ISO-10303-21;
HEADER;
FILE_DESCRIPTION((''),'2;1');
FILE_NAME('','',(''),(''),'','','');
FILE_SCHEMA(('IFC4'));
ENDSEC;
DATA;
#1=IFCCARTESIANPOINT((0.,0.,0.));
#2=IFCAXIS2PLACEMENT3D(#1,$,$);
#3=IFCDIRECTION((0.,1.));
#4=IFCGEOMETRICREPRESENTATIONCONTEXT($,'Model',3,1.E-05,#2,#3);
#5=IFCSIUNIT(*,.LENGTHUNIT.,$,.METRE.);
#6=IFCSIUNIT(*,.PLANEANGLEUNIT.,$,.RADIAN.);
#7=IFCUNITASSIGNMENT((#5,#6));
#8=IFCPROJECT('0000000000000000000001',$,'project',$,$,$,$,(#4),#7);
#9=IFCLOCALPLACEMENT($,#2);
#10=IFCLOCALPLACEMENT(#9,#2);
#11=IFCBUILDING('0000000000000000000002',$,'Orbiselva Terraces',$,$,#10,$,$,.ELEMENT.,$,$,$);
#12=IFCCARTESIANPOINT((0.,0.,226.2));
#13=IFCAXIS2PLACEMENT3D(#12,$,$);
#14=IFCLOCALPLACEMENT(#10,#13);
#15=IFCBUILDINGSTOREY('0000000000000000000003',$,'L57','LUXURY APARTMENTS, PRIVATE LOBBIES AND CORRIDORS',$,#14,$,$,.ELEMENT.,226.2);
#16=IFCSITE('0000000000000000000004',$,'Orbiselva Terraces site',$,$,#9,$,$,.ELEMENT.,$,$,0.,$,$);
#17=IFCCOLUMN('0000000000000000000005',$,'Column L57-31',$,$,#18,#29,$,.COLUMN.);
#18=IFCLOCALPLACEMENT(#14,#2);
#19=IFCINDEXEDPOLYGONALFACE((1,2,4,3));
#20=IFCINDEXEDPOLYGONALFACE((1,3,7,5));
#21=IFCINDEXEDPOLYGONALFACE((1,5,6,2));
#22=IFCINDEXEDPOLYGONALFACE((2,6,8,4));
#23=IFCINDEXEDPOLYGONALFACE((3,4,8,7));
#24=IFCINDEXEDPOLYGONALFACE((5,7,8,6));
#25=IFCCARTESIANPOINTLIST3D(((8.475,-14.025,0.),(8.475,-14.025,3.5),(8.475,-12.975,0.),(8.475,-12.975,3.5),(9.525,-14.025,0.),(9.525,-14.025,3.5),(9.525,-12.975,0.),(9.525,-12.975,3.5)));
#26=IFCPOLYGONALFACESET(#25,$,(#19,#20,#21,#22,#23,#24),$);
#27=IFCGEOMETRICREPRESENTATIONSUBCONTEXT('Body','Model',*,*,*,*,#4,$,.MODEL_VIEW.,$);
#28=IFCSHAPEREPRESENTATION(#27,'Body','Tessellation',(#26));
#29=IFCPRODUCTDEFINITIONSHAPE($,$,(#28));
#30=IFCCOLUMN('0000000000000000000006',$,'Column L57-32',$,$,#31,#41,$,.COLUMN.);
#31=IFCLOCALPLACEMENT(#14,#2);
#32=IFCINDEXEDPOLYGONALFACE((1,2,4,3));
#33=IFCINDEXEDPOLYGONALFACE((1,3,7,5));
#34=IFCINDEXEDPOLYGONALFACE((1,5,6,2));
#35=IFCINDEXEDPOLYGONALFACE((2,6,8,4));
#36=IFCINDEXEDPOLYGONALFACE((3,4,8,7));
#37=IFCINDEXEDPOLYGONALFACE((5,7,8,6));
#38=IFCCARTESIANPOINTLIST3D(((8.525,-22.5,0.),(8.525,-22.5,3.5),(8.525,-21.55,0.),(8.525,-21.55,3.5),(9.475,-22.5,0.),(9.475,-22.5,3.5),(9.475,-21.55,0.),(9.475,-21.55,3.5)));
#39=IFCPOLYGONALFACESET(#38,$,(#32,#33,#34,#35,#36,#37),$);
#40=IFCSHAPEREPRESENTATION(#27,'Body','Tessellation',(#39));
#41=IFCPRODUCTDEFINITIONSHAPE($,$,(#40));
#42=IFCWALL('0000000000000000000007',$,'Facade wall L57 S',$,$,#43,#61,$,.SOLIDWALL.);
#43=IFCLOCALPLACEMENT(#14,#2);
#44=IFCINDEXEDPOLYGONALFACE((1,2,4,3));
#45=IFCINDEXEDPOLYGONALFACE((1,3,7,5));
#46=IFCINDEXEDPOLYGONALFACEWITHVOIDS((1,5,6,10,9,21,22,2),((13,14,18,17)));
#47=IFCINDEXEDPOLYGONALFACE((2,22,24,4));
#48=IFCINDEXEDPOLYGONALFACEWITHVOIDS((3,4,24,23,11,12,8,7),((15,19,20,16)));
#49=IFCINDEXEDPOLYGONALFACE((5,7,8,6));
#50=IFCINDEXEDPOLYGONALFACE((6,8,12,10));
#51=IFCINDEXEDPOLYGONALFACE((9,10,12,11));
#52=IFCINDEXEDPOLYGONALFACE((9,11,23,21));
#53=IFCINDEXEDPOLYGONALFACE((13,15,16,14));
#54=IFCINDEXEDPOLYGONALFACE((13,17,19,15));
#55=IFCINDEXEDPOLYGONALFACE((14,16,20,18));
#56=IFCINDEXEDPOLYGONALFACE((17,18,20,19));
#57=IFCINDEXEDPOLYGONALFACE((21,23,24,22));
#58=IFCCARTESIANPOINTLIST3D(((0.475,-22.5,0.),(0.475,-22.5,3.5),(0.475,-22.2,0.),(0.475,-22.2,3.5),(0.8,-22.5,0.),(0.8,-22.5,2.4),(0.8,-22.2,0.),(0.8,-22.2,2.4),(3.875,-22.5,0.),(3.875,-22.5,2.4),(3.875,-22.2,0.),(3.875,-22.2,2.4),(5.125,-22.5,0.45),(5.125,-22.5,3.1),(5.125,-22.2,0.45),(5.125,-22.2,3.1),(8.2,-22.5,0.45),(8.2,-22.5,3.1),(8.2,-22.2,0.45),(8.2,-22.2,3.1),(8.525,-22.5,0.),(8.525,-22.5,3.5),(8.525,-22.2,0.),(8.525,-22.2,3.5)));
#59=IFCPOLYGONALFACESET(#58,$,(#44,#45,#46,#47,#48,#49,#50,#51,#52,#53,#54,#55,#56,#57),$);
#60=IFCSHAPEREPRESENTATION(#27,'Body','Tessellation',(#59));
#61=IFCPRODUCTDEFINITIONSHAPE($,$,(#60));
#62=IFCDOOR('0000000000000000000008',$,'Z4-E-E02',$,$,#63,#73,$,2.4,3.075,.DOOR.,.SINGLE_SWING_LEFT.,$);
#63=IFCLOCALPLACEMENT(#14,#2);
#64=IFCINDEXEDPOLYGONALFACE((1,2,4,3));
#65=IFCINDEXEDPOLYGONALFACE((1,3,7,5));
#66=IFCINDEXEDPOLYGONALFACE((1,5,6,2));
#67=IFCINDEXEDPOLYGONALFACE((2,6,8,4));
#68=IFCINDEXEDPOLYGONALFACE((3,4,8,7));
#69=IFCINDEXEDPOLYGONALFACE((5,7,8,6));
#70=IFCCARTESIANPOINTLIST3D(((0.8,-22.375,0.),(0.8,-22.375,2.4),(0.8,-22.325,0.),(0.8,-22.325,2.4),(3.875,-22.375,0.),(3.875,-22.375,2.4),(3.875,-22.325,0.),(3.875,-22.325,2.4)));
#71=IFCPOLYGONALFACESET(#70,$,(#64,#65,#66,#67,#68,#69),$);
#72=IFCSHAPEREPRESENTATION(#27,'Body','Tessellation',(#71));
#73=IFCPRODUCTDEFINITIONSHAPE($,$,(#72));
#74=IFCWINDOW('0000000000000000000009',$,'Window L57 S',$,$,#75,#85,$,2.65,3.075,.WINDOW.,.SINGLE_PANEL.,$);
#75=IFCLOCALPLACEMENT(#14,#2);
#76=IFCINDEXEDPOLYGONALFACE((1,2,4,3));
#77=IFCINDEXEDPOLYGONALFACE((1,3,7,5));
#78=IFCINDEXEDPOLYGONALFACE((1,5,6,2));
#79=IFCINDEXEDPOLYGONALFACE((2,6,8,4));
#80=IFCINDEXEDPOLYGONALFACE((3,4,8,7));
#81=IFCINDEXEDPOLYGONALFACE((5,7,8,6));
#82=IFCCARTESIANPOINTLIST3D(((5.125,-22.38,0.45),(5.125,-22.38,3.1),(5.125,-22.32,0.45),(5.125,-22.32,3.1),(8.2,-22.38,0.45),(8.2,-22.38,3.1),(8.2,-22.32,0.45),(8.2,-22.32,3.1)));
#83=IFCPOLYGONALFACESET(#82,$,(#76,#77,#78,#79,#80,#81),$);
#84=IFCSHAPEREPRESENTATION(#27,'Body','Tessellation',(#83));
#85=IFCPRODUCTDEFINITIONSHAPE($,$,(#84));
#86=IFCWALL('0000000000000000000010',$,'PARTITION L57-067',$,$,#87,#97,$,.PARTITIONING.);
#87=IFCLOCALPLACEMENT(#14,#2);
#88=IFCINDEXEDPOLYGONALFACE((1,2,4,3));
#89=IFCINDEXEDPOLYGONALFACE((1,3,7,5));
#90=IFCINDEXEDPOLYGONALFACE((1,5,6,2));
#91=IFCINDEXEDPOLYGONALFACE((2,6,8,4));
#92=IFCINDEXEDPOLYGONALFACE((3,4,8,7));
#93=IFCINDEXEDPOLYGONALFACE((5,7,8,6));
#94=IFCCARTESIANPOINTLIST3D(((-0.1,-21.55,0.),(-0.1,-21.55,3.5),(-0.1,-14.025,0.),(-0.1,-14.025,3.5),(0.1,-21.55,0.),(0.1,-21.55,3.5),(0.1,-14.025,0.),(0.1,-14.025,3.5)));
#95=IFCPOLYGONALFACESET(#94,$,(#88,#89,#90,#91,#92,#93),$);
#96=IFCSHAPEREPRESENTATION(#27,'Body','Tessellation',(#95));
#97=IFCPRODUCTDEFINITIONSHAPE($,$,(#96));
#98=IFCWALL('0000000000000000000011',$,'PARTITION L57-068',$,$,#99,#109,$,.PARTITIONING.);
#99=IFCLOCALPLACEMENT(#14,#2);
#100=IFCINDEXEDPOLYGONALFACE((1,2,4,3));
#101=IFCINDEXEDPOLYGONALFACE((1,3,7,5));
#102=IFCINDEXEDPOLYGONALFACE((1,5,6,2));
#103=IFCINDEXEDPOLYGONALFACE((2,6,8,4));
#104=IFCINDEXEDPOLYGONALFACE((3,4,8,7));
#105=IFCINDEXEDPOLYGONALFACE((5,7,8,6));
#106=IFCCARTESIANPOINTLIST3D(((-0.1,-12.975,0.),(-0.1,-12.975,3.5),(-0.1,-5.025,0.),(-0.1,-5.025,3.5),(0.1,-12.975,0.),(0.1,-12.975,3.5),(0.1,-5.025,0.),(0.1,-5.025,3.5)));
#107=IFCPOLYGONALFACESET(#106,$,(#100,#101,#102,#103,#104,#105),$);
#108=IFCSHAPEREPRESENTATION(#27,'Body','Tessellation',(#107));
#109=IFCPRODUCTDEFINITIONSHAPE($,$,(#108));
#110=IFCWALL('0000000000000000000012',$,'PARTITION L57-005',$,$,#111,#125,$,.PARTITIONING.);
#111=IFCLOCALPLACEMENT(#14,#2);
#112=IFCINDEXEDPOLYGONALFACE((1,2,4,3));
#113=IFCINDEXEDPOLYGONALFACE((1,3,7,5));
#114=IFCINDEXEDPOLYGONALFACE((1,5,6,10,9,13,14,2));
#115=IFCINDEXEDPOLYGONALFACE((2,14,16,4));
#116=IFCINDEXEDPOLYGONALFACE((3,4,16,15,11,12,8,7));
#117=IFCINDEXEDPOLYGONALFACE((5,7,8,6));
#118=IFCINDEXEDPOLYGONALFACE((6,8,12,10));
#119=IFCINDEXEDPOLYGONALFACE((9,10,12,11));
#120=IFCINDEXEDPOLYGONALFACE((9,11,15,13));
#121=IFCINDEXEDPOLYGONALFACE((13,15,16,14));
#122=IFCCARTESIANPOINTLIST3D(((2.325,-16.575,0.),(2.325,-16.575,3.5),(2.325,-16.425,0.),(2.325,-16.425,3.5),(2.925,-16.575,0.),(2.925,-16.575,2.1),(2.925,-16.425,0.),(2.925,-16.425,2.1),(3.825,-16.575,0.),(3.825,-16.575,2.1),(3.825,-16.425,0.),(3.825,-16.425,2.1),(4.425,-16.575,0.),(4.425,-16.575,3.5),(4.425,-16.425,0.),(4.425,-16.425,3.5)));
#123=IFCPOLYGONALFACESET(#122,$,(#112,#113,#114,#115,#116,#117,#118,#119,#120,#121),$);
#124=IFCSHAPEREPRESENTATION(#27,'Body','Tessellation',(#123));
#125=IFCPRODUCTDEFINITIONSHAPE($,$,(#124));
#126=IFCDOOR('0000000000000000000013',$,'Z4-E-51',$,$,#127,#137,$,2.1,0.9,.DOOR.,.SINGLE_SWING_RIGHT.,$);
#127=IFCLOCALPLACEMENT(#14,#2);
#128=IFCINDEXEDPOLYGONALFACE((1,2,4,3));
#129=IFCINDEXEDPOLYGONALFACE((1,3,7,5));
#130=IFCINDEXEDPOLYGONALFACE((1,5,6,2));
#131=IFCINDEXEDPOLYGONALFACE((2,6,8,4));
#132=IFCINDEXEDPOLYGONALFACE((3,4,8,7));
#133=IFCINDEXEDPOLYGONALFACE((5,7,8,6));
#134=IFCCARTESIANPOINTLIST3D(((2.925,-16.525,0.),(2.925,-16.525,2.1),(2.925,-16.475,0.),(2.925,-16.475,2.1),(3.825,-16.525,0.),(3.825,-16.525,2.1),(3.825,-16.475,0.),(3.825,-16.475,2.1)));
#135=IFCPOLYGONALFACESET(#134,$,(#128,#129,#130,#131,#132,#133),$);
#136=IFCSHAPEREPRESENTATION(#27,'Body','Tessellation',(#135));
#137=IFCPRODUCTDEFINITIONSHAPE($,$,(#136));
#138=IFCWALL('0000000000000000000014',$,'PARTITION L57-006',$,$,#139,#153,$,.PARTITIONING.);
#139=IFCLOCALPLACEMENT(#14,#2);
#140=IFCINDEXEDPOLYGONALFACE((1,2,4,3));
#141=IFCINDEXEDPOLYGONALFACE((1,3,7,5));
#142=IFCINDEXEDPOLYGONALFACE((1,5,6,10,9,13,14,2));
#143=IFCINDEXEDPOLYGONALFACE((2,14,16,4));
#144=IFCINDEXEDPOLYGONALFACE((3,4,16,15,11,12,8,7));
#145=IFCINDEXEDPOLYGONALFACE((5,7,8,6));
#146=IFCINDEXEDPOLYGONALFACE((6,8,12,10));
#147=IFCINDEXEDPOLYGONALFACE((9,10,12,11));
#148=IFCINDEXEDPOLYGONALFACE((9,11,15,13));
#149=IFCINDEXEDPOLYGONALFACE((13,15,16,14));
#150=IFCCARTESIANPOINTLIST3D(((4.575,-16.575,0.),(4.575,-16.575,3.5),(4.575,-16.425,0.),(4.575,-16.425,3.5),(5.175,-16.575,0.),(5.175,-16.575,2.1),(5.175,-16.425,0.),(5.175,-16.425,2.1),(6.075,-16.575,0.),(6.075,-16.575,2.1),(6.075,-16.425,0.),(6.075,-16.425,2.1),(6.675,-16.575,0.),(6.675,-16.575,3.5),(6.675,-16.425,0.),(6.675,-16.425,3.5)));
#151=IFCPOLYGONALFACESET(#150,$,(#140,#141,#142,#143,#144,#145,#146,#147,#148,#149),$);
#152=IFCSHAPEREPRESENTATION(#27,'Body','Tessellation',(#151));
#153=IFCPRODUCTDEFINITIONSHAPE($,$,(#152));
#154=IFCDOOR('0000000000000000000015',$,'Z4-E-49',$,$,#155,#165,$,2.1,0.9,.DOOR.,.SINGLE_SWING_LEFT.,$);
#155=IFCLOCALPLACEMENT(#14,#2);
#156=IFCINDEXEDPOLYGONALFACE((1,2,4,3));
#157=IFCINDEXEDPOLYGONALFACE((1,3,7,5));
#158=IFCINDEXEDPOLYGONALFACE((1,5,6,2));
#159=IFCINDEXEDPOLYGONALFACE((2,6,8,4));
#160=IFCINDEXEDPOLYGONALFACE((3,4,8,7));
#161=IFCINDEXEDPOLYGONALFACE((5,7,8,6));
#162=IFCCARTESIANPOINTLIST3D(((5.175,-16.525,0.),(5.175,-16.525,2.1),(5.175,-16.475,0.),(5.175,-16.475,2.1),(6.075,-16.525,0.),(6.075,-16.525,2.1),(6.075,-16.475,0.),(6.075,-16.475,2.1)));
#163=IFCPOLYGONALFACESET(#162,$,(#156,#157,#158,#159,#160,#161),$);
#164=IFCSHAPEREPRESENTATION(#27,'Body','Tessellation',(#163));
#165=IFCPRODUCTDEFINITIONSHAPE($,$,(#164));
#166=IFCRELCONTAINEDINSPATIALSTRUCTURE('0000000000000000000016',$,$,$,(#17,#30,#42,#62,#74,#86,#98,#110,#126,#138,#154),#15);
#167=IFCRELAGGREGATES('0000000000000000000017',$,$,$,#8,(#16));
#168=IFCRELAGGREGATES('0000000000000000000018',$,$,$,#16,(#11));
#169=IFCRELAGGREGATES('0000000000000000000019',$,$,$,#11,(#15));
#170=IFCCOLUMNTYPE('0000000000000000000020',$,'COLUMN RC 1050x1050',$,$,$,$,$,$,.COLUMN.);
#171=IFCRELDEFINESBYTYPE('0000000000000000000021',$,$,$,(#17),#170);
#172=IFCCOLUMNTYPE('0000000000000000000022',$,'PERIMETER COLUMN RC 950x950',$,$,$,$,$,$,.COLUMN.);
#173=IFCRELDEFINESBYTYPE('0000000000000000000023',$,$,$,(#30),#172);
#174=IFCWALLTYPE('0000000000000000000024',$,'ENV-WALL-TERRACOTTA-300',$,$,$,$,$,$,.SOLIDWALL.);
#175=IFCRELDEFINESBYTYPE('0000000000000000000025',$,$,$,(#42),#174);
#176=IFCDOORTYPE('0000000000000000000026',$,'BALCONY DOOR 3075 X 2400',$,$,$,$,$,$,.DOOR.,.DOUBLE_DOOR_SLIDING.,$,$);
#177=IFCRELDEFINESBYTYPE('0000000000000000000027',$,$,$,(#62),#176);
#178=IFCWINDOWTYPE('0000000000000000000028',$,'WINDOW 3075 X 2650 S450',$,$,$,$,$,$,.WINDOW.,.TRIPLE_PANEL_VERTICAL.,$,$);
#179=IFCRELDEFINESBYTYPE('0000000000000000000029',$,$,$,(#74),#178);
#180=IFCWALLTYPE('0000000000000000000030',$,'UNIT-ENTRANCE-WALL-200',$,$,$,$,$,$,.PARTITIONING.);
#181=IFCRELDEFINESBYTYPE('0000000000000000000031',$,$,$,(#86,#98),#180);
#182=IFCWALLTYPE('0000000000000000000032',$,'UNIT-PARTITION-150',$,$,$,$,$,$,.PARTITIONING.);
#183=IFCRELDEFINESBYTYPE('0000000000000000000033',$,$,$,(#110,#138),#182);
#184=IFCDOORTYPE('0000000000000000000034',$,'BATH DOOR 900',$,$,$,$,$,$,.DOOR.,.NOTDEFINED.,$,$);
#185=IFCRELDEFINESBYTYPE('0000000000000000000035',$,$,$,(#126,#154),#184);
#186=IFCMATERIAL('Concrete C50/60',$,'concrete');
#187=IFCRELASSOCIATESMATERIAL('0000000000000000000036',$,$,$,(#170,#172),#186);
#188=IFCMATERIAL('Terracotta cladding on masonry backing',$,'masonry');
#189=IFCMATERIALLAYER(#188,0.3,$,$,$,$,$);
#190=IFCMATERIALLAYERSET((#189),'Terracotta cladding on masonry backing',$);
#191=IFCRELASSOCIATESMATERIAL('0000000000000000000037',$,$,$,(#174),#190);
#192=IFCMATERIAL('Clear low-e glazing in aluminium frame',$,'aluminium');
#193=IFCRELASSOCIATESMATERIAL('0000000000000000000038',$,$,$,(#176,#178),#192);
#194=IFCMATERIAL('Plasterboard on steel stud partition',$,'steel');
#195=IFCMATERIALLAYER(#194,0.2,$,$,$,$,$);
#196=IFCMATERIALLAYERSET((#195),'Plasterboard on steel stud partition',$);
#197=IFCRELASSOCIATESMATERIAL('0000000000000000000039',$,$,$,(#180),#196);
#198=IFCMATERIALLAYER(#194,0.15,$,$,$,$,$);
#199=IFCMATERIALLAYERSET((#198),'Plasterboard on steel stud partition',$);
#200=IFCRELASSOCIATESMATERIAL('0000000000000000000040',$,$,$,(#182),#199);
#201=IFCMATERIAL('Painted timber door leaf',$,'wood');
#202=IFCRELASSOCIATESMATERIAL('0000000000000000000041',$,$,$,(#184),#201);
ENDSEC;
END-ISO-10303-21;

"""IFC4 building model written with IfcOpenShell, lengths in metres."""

from ifc_helpers import new_model, si_unit, direction, frame, frame_2d, origin, origin_2d, place, context, subcontext, project, spatial, rectangle, extrude, material, layer, layer_set, material_profile, profile_set, type_object, element, fill, save


model = new_model("IFC4")

# Units and contexts
model_context = context("Model", 3, precision=1e-05, world=origin(), true_north=direction((0.0, 1.0)))
body_context = subcontext(model_context, "Body", "Model", "MODEL_VIEW")
ifc_project = project(units=[si_unit("LENGTHUNIT", "METRE"), si_unit("PLANEANGLEUNIT", "RADIAN")], contexts=[model_context])

# Site, building, storey
site_placement = place(None, origin())
site = spatial("IfcSite", under=ifc_project, at=site_placement, Name="Orbiselva Terraces site", CompositionType="ELEMENT", RefElevation=0.0)
building_placement = place(site_placement, origin())
building = spatial("IfcBuilding", under=site, at=building_placement, Name="Orbiselva Terraces", CompositionType="ELEMENT")
storey_placement = place(building_placement, frame((0.0, 0.0, 226.2)))
storey = spatial("IfcBuildingStorey", under=building, at=storey_placement, Name="L57", Description="LUXURY APARTMENTS, PRIVATE LOBBIES AND CORRIDORS", CompositionType="ELEMENT", Elevation=226.2)

# Columns
ifc_material_1 = material(Name="Concrete C50/60", Category="concrete")
ifc_material_profile_1 = material_profile(ifc_material_1, rectangle(XDim=1.05, YDim=1.05, at=origin_2d()), Name="RC 1050x1050")
ifc_profile_set_1 = profile_set([ifc_material_profile_1], Name="Concrete C50/60")
column_type_1 = type_object("IfcColumnType", Name="COLUMN RC 1050x1050", PredefinedType="COLUMN", material=ifc_profile_set_1)
column_1_placement = place(storey_placement, frame((9.0, -13.5, 0.0), z_axis=(0.0, 0.0, 1.0), x_axis=(1.0, 0.0, 0.0)))
element("IfcColumn", 1, at=column_1_placement, inside=storey, type_object=column_type_1, Name="Column L57-31", PredefinedType="COLUMN", context=body_context, shape_type="SweptSolid", body=[
    extrude(rectangle(XDim=1.05, YDim=1.05, at=origin_2d()), origin(), (0.0, 0.0, 1.0), 3.5),
])
ifc_material_profile_2 = material_profile(ifc_material_1, rectangle(XDim=0.95, YDim=0.95, at=origin_2d()), Name="RC 950x950")
ifc_profile_set_2 = profile_set([ifc_material_profile_2], Name="Concrete C50/60")
column_type_2 = type_object("IfcColumnType", Name="PERIMETER COLUMN RC 950x950", PredefinedType="COLUMN", material=ifc_profile_set_2)
column_2_placement = place(storey_placement, frame((9.0, -22.025, 0.0), z_axis=(0.0, 0.0, 1.0), x_axis=(1.0, 0.0, 0.0)))
element("IfcColumn", 2, at=column_2_placement, inside=storey, type_object=column_type_2, Name="Column L57-32", PredefinedType="COLUMN", context=body_context, shape_type="SweptSolid", body=[
    extrude(rectangle(XDim=0.95, YDim=0.95, at=origin_2d()), origin(), (0.0, 0.0, 1.0), 3.5),
])

# Wall, openings, door, window
ifc_material_2 = material(Name="Terracotta cladding on masonry backing", Category="masonry")
ifc_layer_1 = layer(ifc_material_2, 0.3)
ifc_layer_set_1 = layer_set([ifc_layer_1], Name="Terracotta cladding on masonry backing")
wall_type_1 = type_object("IfcWallType", Name="ENV-WALL-TERRACOTTA-300", PredefinedType="SOLIDWALL", material=ifc_layer_set_1)
wall_1_placement = place(storey_placement, frame((8.525, -22.35, 0.0), z_axis=(0.0, 0.0, 1.0), x_axis=(-1.0, 0.0, 0.0)))
wall_1 = element("IfcWall", 3, at=wall_1_placement, inside=storey, type_object=wall_type_1, Name="Facade wall L57 S", PredefinedType="SOLIDWALL", context=body_context, shape_type="SweptSolid", body=[
    extrude(rectangle(XDim=8.05, YDim=0.3, at=frame_2d((4.025, 0.0))), origin(), (0.0, 0.0, 1.0), 3.5),
])
opening_1_placement = place(wall_1_placement, frame((4.65, 0.0, 0.0)))
opening_1 = element("IfcOpeningElement", 4, at=opening_1_placement, cuts=wall_1, PredefinedType="OPENING", context=body_context, shape_type="SweptSolid", body=[
    extrude(rectangle(XDim=3.075, YDim=2.4, at=frame_2d((1.5375, 1.2))), frame((0.0, 0.16, 0.0), z_axis=(0.0, -1.0, 0.0), x_axis=(1.0, 0.0, 0.0)), (0.0, 0.0, 1.0), 0.32),
])
opening_2_placement = place(wall_1_placement, frame((0.325, 0.0, 0.45)))
opening_2 = element("IfcOpeningElement", 5, at=opening_2_placement, cuts=wall_1, PredefinedType="OPENING", context=body_context, shape_type="SweptSolid", body=[
    extrude(rectangle(XDim=3.075, YDim=2.65, at=frame_2d((1.5375, 1.325))), frame((0.0, 0.16, 0.0), z_axis=(0.0, -1.0, 0.0), x_axis=(1.0, 0.0, 0.0)), (0.0, 0.0, 1.0), 0.32),
])
ifc_material_3 = material(Name="Clear low-e glazing in aluminium frame", Category="aluminium")
door_type_1 = type_object("IfcDoorType", Name="BALCONY DOOR 3075 X 2400", OperationType="DOUBLE_DOOR_SLIDING", PredefinedType="DOOR", material=ifc_material_3)
door_1_placement = place(opening_1_placement, origin())
door_1 = element("IfcDoor", 6, at=door_1_placement, inside=storey, type_object=door_type_1, Name="Z4-E-E02", OperationType="SINGLE_SWING_LEFT", OverallHeight=2.4, OverallWidth=3.075, PredefinedType="DOOR", context=body_context, shape_type="SweptSolid", body=[
    extrude(rectangle(XDim=3.075, YDim=2.4, at=frame_2d((1.5375, 1.2))), frame((0.0, 0.025, 0.0), z_axis=(0.0, -1.0, 0.0), x_axis=(1.0, 0.0, 0.0)), (0.0, 0.0, 1.0), 0.05),
])
fill(opening_1, door_1)
window_type = type_object("IfcWindowType", Name="WINDOW 3075 X 2650 S450", PartitioningType="TRIPLE_PANEL_VERTICAL", PredefinedType="WINDOW", material=ifc_material_3)
window_placement = place(opening_2_placement, origin())
window = element("IfcWindow", 7, at=window_placement, inside=storey, type_object=window_type, Name="Window L57 S", OverallHeight=2.65, OverallWidth=3.075, PartitioningType="SINGLE_PANEL", PredefinedType="WINDOW", context=body_context, shape_type="SweptSolid", body=[
    extrude(rectangle(XDim=3.075, YDim=2.65, at=frame_2d((1.5375, 1.325))), frame((0.0, 0.03, 0.0), z_axis=(0.0, -1.0, 0.0), x_axis=(1.0, 0.0, 0.0)), (0.0, 0.0, 1.0), 0.06),
])
fill(opening_2, window)

# Walls
ifc_material_4 = material(Name="Plasterboard on steel stud partition", Category="steel")
ifc_layer_2 = layer(ifc_material_4, 0.2)
ifc_layer_set_2 = layer_set([ifc_layer_2], Name="Plasterboard on steel stud partition")
wall_type_2 = type_object("IfcWallType", Name="UNIT-ENTRANCE-WALL-200", PredefinedType="PARTITIONING", material=ifc_layer_set_2)
wall_2_placement = place(storey_placement, frame((0.0, -21.55, 0.0), z_axis=(0.0, 0.0, 1.0), x_axis=(0.0, 1.0, 0.0)))
element("IfcWall", 8, at=wall_2_placement, inside=storey, type_object=wall_type_2, Name="PARTITION L57-067", PredefinedType="PARTITIONING", context=body_context, shape_type="SweptSolid", body=[
    extrude(rectangle(XDim=7.525, YDim=0.2, at=frame_2d((3.7625, 0.0))), origin(), (0.0, 0.0, 1.0), 3.5),
])
wall_3_placement = place(storey_placement, frame((0.0, -12.975, 0.0), z_axis=(0.0, 0.0, 1.0), x_axis=(0.0, 1.0, 0.0)))
element("IfcWall", 9, at=wall_3_placement, inside=storey, type_object=wall_type_2, Name="PARTITION L57-068", PredefinedType="PARTITIONING", context=body_context, shape_type="SweptSolid", body=[
    extrude(rectangle(XDim=7.95, YDim=0.2, at=frame_2d((3.975, 0.0))), origin(), (0.0, 0.0, 1.0), 3.5),
])

# Walls, openings, doors
ifc_layer_3 = layer(ifc_material_4, 0.15)
ifc_layer_set_3 = layer_set([ifc_layer_3], Name="Plasterboard on steel stud partition")
wall_type_3 = type_object("IfcWallType", Name="UNIT-PARTITION-150", PredefinedType="PARTITIONING", material=ifc_layer_set_3)
wall_4_placement = place(storey_placement, frame((2.325, -16.5, 0.0), z_axis=(0.0, 0.0, 1.0), x_axis=(1.0, 0.0, 0.0)))
wall_4 = element("IfcWall", 10, at=wall_4_placement, inside=storey, type_object=wall_type_3, Name="PARTITION L57-005", PredefinedType="PARTITIONING", context=body_context, shape_type="SweptSolid", body=[
    extrude(rectangle(XDim=2.1, YDim=0.15, at=frame_2d((1.05, 0.0))), origin(), (0.0, 0.0, 1.0), 3.5),
])
opening_3_placement = place(wall_4_placement, frame((0.6, 0.0, 0.0)))
opening_3 = element("IfcOpeningElement", 11, at=opening_3_placement, cuts=wall_4, PredefinedType="OPENING", context=body_context, shape_type="SweptSolid", body=[
    extrude(rectangle(XDim=0.9, YDim=2.1, at=frame_2d((0.45, 1.05))), frame((0.0, 0.085, 0.0), z_axis=(0.0, -1.0, 0.0), x_axis=(1.0, 0.0, 0.0)), (0.0, 0.0, 1.0), 0.17),
])
ifc_material_5 = material(Name="Painted timber door leaf", Category="wood")
door_type_2 = type_object("IfcDoorType", Name="BATH DOOR 900", OperationType="NOTDEFINED", PredefinedType="DOOR", material=ifc_material_5)
door_2_placement = place(opening_3_placement, origin())
door_2 = element("IfcDoor", 12, at=door_2_placement, inside=storey, type_object=door_type_2, Name="Z4-E-51", OperationType="SINGLE_SWING_RIGHT", OverallHeight=2.1, OverallWidth=0.9, PredefinedType="DOOR", context=body_context, shape_type="SweptSolid", body=[
    extrude(rectangle(XDim=0.9, YDim=2.1, at=frame_2d((0.45, 1.05))), frame((0.0, 0.025, 0.0), z_axis=(0.0, -1.0, 0.0), x_axis=(1.0, 0.0, 0.0)), (0.0, 0.0, 1.0), 0.05),
])
fill(opening_3, door_2)
wall_5_placement = place(storey_placement, frame((4.575, -16.5, 0.0), z_axis=(0.0, 0.0, 1.0), x_axis=(1.0, 0.0, 0.0)))
wall_5 = element("IfcWall", 13, at=wall_5_placement, inside=storey, type_object=wall_type_3, Name="PARTITION L57-006", PredefinedType="PARTITIONING", context=body_context, shape_type="SweptSolid", body=[
    extrude(rectangle(XDim=2.1, YDim=0.15, at=frame_2d((1.05, 0.0))), origin(), (0.0, 0.0, 1.0), 3.5),
])
opening_4_placement = place(wall_5_placement, frame((0.6, 0.0, 0.0)))
opening_4 = element("IfcOpeningElement", 14, at=opening_4_placement, cuts=wall_5, PredefinedType="OPENING", context=body_context, shape_type="SweptSolid", body=[
    extrude(rectangle(XDim=0.9, YDim=2.1, at=frame_2d((0.45, 1.05))), frame((0.0, 0.085, 0.0), z_axis=(0.0, -1.0, 0.0), x_axis=(1.0, 0.0, 0.0)), (0.0, 0.0, 1.0), 0.17),
])
door_3_placement = place(opening_4_placement, origin())
door_3 = element("IfcDoor", 15, at=door_3_placement, inside=storey, type_object=door_type_2, Name="Z4-E-49", OperationType="SINGLE_SWING_LEFT", OverallHeight=2.1, OverallWidth=0.9, PredefinedType="DOOR", context=body_context, shape_type="SweptSolid", body=[
    extrude(rectangle(XDim=0.9, YDim=2.1, at=frame_2d((0.45, 1.05))), frame((0.0, 0.025, 0.0), z_axis=(0.0, -1.0, 0.0), x_axis=(1.0, 0.0, 0.0)), (0.0, 0.0, 1.0), 0.05),
])
fill(opening_4, door_3)

save(model, "model.ifc")
